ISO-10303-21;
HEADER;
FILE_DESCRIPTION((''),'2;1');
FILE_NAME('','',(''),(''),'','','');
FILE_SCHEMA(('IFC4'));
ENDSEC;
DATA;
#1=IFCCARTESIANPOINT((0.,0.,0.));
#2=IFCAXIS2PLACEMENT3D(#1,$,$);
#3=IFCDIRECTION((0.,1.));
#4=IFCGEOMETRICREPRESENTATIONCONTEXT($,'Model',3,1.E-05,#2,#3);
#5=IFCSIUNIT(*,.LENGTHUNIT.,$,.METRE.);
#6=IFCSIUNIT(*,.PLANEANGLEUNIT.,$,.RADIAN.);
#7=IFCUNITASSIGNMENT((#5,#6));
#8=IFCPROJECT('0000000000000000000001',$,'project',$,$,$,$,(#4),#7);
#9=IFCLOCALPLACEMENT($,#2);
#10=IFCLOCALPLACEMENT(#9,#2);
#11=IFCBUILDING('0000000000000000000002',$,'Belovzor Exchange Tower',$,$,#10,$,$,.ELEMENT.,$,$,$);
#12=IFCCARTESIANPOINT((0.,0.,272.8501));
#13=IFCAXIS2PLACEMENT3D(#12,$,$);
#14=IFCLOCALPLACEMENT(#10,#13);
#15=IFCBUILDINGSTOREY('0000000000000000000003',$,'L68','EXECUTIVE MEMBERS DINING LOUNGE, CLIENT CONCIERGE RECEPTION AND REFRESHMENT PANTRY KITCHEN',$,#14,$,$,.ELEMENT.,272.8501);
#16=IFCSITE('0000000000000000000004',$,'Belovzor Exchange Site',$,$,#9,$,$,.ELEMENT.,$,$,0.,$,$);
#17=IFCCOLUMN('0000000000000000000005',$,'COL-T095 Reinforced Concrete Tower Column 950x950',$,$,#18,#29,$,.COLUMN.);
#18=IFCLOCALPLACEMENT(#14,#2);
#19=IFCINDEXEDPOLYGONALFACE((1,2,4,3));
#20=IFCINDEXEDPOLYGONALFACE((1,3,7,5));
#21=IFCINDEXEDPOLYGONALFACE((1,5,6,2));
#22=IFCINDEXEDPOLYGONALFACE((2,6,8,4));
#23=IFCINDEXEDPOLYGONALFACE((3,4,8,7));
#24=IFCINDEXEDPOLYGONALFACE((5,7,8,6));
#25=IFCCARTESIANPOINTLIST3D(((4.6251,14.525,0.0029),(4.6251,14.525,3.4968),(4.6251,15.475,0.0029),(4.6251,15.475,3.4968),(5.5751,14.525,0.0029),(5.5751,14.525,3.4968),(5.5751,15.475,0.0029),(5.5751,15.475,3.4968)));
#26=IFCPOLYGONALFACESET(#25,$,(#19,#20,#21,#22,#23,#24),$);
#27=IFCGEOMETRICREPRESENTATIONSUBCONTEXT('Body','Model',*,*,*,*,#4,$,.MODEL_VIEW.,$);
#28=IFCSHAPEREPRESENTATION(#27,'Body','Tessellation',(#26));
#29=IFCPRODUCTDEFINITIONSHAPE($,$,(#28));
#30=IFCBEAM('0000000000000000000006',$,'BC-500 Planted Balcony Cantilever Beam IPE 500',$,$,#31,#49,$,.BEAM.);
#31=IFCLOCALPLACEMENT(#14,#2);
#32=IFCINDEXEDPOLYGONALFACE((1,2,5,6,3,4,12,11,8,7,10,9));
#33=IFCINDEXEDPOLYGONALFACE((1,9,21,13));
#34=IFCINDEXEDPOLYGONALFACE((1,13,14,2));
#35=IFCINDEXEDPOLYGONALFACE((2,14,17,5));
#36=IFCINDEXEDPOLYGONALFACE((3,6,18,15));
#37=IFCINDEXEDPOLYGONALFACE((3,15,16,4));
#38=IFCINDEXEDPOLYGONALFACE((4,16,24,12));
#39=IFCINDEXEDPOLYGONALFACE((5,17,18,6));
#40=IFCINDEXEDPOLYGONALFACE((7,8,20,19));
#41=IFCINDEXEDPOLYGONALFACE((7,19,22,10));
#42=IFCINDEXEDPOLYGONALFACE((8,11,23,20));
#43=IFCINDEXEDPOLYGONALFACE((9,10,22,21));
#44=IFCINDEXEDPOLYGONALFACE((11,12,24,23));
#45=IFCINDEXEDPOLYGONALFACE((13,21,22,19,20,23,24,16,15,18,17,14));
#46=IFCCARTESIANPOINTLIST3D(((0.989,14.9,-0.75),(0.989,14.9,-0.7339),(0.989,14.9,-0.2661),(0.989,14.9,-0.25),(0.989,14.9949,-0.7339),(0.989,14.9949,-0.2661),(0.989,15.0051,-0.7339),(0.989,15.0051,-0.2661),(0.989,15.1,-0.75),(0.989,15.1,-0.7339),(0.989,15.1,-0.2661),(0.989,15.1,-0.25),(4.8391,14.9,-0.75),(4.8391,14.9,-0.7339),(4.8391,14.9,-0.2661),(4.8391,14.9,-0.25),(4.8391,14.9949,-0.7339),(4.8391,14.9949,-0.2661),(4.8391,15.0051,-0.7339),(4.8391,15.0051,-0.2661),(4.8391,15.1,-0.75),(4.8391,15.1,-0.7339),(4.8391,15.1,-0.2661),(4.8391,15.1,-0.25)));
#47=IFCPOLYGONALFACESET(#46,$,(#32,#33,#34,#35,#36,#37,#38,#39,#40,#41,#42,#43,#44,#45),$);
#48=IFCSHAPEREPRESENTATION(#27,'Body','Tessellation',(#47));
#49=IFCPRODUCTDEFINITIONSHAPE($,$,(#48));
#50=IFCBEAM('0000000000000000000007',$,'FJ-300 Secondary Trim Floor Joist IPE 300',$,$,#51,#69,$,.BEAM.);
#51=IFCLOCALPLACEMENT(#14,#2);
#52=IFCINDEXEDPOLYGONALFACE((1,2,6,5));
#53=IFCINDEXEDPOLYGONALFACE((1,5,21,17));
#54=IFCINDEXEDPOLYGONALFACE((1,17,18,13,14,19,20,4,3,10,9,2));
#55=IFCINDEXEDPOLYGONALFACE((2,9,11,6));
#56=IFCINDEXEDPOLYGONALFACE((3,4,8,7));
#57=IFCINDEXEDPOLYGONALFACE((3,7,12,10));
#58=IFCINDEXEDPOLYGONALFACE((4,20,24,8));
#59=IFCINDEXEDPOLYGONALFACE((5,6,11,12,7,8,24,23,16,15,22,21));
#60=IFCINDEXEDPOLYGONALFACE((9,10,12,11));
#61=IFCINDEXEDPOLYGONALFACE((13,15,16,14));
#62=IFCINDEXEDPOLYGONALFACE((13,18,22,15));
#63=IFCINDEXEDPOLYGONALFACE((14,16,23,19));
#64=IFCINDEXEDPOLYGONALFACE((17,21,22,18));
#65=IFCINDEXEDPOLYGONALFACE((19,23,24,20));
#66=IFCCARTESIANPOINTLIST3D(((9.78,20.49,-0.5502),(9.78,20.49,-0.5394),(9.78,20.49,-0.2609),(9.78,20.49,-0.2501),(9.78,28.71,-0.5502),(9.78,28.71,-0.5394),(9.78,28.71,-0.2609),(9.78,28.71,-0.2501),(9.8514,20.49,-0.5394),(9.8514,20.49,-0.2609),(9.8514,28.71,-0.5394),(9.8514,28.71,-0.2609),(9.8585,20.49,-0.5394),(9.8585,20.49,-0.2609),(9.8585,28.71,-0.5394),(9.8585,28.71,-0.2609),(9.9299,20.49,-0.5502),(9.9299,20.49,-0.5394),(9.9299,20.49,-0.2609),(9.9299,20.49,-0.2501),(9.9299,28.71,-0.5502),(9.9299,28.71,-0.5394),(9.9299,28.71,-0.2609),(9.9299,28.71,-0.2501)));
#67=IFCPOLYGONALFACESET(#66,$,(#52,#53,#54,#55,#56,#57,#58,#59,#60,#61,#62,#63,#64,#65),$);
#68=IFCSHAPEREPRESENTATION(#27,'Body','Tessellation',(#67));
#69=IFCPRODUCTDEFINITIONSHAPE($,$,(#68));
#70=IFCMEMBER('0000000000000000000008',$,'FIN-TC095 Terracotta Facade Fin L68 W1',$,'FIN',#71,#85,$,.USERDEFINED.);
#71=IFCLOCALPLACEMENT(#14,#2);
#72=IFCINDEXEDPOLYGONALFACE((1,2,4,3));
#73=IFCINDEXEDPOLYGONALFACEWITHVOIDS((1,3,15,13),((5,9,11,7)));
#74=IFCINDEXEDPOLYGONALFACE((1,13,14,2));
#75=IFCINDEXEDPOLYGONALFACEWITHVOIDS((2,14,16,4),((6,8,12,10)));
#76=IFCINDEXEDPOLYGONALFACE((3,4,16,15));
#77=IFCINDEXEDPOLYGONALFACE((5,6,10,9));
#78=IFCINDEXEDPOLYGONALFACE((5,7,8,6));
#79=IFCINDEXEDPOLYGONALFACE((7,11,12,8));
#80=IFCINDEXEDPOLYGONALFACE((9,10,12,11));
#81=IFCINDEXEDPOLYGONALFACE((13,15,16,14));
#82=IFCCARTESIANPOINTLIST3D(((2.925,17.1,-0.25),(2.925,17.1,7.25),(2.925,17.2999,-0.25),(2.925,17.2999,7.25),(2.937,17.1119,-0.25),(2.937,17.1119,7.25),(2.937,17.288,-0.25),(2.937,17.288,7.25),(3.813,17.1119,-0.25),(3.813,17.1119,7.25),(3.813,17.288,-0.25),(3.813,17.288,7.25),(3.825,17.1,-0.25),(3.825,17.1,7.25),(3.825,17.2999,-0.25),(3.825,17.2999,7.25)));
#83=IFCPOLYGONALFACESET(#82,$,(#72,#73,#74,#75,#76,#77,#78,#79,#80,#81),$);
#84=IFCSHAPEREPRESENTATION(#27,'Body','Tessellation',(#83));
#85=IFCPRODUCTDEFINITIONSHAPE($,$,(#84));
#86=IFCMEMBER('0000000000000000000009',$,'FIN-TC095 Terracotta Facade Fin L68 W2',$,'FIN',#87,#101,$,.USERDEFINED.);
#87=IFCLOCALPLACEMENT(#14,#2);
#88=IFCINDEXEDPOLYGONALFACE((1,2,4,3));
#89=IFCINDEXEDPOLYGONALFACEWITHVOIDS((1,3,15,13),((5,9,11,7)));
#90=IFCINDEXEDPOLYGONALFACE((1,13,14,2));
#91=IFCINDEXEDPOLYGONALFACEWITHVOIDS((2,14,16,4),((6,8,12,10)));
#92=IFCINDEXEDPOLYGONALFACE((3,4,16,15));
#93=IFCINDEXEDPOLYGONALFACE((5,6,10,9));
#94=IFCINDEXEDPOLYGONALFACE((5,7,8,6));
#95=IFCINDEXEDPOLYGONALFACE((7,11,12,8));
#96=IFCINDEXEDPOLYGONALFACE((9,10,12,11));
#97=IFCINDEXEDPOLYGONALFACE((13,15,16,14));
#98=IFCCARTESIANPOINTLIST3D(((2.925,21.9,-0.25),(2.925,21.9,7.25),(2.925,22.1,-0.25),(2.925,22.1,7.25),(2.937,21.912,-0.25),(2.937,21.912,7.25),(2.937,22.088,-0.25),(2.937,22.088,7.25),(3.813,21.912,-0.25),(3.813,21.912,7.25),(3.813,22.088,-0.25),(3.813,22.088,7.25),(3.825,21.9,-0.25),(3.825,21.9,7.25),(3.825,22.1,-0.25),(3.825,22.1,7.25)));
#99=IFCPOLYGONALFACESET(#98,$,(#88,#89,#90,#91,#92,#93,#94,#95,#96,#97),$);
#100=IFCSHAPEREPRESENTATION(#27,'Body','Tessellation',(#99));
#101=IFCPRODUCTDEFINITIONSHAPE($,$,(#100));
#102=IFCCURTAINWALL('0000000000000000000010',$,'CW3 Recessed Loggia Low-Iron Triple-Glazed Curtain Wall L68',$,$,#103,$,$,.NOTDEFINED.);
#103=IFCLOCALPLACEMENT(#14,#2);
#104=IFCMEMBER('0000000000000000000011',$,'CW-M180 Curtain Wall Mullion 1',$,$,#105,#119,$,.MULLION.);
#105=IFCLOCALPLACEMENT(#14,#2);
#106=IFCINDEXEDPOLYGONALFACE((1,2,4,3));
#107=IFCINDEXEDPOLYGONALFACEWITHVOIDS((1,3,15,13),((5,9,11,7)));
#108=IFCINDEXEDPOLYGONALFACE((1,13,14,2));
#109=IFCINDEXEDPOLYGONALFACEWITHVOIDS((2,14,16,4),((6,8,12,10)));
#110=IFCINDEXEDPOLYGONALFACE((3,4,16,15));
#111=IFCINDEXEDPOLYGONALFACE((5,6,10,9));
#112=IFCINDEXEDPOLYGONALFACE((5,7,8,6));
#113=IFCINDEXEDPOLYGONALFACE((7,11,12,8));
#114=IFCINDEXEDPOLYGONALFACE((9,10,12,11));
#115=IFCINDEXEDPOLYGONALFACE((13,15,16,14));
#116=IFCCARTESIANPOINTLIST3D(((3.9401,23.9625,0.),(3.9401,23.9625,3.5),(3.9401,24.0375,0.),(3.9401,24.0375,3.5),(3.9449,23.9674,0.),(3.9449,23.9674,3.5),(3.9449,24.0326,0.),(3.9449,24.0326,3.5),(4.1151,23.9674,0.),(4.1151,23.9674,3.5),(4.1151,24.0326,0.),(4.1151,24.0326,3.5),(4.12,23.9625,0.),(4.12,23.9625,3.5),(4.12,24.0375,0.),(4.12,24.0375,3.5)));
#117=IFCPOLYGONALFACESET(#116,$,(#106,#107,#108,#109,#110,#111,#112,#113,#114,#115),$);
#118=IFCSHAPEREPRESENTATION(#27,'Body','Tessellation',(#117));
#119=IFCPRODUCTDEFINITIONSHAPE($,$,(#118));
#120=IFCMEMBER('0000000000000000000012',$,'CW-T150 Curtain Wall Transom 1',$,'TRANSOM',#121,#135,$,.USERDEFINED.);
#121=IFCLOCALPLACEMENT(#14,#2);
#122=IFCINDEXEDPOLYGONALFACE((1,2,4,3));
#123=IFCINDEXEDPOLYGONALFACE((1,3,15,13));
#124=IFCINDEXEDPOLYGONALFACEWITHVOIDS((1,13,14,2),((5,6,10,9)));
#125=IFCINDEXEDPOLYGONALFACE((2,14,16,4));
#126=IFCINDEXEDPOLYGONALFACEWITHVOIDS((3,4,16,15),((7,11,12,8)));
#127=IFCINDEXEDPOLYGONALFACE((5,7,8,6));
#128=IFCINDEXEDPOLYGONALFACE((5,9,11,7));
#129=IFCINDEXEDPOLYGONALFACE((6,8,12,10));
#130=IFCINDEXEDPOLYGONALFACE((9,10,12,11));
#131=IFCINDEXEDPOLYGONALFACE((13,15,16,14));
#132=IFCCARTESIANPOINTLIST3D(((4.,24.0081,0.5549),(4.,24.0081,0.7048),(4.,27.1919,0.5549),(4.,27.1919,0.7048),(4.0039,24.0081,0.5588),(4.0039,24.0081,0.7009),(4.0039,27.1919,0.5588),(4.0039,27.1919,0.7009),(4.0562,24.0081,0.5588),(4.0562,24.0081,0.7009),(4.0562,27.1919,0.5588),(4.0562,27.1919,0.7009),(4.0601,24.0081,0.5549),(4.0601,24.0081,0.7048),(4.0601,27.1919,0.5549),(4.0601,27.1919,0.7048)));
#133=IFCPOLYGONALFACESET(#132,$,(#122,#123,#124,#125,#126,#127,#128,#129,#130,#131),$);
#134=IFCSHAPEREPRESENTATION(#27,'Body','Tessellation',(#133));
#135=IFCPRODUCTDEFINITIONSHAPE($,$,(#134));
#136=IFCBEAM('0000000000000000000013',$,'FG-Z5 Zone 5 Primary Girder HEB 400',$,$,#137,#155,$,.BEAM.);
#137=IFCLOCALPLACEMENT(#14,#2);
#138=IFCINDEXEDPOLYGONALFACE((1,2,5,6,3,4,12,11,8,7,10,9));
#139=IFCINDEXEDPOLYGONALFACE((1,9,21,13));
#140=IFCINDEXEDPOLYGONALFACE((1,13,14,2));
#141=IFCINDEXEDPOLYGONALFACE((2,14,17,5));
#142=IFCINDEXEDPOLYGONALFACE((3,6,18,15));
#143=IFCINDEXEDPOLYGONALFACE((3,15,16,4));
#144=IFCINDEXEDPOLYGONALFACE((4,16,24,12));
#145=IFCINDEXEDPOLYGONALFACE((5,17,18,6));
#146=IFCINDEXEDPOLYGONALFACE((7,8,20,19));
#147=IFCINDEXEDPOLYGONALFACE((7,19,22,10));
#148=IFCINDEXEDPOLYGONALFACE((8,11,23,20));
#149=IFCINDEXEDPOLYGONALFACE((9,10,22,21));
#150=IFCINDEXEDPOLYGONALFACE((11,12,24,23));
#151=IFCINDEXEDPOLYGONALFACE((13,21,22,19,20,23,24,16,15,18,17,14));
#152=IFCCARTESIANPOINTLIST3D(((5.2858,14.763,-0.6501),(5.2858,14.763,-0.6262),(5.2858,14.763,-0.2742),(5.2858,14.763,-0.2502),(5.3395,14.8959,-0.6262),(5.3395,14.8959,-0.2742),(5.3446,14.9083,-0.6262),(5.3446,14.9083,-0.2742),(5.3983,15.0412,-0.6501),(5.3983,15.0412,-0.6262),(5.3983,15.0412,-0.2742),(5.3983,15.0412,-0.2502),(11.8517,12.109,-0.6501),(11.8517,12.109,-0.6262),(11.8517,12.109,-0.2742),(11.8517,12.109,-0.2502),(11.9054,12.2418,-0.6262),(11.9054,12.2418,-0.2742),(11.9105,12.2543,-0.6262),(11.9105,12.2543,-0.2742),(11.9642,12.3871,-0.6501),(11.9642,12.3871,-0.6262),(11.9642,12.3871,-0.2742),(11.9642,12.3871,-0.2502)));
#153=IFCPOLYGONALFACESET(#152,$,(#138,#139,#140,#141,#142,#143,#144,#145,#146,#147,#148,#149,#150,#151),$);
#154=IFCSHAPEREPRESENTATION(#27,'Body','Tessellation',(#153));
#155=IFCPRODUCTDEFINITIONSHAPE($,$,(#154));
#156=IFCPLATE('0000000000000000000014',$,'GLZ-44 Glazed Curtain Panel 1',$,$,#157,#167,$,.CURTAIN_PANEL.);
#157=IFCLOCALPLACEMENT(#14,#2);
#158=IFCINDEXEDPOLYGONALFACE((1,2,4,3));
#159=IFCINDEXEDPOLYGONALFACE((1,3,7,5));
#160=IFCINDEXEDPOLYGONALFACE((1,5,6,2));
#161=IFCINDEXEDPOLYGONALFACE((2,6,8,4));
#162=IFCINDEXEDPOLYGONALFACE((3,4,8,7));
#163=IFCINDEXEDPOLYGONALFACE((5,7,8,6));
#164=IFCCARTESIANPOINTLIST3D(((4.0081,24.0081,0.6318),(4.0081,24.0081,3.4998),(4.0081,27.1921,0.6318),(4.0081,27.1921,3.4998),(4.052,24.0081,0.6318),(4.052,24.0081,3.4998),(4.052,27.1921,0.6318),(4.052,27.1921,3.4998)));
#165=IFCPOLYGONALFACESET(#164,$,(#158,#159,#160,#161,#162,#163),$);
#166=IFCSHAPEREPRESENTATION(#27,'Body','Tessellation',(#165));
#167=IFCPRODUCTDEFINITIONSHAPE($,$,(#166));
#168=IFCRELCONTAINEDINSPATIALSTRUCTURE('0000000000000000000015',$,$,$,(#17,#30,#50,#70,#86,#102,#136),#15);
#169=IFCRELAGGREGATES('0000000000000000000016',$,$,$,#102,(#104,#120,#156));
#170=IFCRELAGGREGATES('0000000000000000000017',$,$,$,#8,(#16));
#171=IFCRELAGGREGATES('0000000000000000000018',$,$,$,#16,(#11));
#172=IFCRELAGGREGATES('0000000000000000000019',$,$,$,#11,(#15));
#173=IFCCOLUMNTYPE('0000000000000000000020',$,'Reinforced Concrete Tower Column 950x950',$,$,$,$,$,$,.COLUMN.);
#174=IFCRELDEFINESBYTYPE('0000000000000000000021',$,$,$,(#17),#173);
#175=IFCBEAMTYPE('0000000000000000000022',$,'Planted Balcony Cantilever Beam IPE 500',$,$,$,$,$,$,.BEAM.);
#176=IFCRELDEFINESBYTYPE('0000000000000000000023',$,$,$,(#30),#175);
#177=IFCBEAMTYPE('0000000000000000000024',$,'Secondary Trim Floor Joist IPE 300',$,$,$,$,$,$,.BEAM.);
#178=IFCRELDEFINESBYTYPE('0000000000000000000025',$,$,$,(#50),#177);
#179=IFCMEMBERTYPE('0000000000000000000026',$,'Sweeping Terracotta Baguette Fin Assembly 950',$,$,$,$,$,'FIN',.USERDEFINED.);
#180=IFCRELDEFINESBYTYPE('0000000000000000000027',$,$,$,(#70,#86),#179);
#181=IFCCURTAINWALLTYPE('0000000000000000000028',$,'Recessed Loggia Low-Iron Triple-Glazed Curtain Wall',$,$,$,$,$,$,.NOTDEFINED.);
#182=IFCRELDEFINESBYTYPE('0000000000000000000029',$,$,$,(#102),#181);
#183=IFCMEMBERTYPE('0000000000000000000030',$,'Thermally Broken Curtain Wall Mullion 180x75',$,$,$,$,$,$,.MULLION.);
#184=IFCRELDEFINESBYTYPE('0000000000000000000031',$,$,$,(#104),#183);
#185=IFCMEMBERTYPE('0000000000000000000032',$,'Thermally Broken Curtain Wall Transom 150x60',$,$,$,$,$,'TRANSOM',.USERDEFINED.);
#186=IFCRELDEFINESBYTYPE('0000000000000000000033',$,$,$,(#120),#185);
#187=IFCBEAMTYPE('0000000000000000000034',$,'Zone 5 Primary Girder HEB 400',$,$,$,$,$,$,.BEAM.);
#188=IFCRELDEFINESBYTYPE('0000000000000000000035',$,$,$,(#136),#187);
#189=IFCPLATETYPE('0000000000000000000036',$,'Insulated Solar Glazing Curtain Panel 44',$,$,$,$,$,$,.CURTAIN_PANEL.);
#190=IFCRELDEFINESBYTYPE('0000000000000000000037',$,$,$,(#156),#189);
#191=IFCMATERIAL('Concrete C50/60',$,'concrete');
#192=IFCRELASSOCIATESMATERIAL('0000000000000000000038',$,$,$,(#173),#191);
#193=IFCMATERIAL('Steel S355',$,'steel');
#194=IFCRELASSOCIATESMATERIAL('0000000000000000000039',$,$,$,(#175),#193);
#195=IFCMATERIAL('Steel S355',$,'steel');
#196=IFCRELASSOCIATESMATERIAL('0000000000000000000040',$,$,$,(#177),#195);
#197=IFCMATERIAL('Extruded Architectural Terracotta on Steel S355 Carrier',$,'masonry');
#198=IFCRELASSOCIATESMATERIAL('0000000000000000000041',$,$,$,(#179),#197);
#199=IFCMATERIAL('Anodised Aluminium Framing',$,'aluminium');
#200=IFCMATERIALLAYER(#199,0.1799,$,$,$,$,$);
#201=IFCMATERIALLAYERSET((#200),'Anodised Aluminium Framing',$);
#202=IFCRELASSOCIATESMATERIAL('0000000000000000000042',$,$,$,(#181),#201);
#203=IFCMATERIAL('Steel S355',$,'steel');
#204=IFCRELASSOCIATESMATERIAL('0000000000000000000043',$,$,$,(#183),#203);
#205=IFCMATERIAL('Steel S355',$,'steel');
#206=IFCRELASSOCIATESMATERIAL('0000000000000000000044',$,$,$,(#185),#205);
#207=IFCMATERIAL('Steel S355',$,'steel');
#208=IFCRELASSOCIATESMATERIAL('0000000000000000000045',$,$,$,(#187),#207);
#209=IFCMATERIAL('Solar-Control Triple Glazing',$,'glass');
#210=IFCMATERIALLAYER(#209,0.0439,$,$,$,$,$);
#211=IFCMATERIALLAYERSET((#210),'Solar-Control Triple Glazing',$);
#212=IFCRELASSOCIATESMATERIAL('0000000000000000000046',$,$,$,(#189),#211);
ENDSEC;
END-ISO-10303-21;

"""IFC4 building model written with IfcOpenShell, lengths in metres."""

from ifc_helpers import new_model, si_unit, direction, frame, origin, origin_2d, place, context, subcontext, project, spatial, rectangle, hollow_rectangle, i_section, extrude, material, layer, layer_set, material_profile, profile_set, type_object, element, aggregate, save


model = new_model("IFC4")

# Units and contexts
model_context = context("Model", 3, precision=1e-05, world=origin(), true_north=direction((0.0, 1.0)))
body_context = subcontext(model_context, "Body", "Model", "MODEL_VIEW")
ifc_project = project(units=[si_unit("LENGTHUNIT", "METRE"), si_unit("PLANEANGLEUNIT", "RADIAN")], contexts=[model_context])

# Site, building, storey
site_placement = place(None, origin())
site = spatial("IfcSite", under=ifc_project, at=site_placement, Name="Belovzor Exchange Site", CompositionType="ELEMENT", RefElevation=0.0)
building_placement = place(site_placement, origin())
building = spatial("IfcBuilding", under=site, at=building_placement, Name="Belovzor Exchange Tower", CompositionType="ELEMENT")
storey_placement = place(building_placement, frame((0.0, 0.0, 272.8501)))
storey = spatial("IfcBuildingStorey", under=building, at=storey_placement, Name="L68", Description="EXECUTIVE MEMBERS DINING LOUNGE, CLIENT CONCIERGE RECEPTION AND REFRESHMENT PANTRY KITCHEN", CompositionType="ELEMENT", Elevation=272.8501)

# Column
ifc_material_1 = material(Name="Concrete C50/60", Category="concrete")
ifc_material_profile_1 = material_profile(ifc_material_1, rectangle(XDim=0.95, YDim=0.95, at=origin_2d()))
ifc_profile_set_1 = profile_set([ifc_material_profile_1], Name="Concrete C50/60")
column_type = type_object("IfcColumnType", Name="Reinforced Concrete Tower Column 950x950", PredefinedType="COLUMN", material=ifc_profile_set_1)
column_placement = place(storey_placement, frame((5.1001, 15.0, 0.0029), z_axis=(0.0, 0.0, 1.0), x_axis=(1.0, 0.0, 0.0)))
element("IfcColumn", 1, at=column_placement, inside=storey, type_object=column_type, Name="COL-T095 Reinforced Concrete Tower Column 950x950", PredefinedType="COLUMN", context=body_context, shape_type="SweptSolid", body=[
    extrude(rectangle(XDim=0.95, YDim=0.95, at=origin_2d()), origin(), (0.0, 0.0, 1.0), 3.4939),
])

# Beams
ifc_material_2 = material(Name="Steel S355", Category="steel")
ifc_material_profile_2 = material_profile(ifc_material_2, i_section(OverallWidth=0.2, OverallDepth=0.5, WebThickness=0.0103, FlangeThickness=0.0161, at=origin_2d()))
ifc_profile_set_2 = profile_set([ifc_material_profile_2], Name="Steel S355")
beam_type_1 = type_object("IfcBeamType", Name="Planted Balcony Cantilever Beam IPE 500", PredefinedType="BEAM", material=ifc_profile_set_2)
beam_1_placement = place(storey_placement, frame((4.8391, 15.0, -0.5), z_axis=(-1.0, 0.0, 0.0), x_axis=(0.0, -1.0, 0.0)))
element("IfcBeam", 2, at=beam_1_placement, inside=storey, type_object=beam_type_1, Name="BC-500 Planted Balcony Cantilever Beam IPE 500", PredefinedType="BEAM", context=body_context, shape_type="SweptSolid", body=[
    extrude(i_section(OverallWidth=0.2, OverallDepth=0.5, WebThickness=0.0103, FlangeThickness=0.0161, at=origin_2d()), origin(), (0.0, 0.0, 1.0), 3.8501),
])
ifc_material_3 = material(Name="Steel S355", Category="steel")
ifc_material_profile_3 = material_profile(ifc_material_3, i_section(OverallWidth=0.1499, OverallDepth=0.3, WebThickness=0.0071, FlangeThickness=0.0107, at=origin_2d()))
ifc_profile_set_3 = profile_set([ifc_material_profile_3], Name="Steel S355")
beam_type_2 = type_object("IfcBeamType", Name="Secondary Trim Floor Joist IPE 300", PredefinedType="BEAM", material=ifc_profile_set_3)
beam_2_placement = place(storey_placement, frame((9.855, 20.49, -0.4001), z_axis=(0.0, 1.0, 0.0), x_axis=(-1.0, 0.0, 0.0)))
element("IfcBeam", 3, at=beam_2_placement, inside=storey, type_object=beam_type_2, Name="FJ-300 Secondary Trim Floor Joist IPE 300", PredefinedType="BEAM", context=body_context, shape_type="SweptSolid", body=[
    extrude(i_section(OverallWidth=0.1499, OverallDepth=0.3, WebThickness=0.0071, FlangeThickness=0.0107, at=origin_2d()), origin(), (0.0, 0.0, 1.0), 8.22),
])

# Members
ifc_material_4 = material(Name="Extruded Architectural Terracotta on Steel S355 Carrier", Category="masonry")
ifc_material_profile_4 = material_profile(ifc_material_4, hollow_rectangle(XDim=0.2, YDim=0.8999, WallThickness=0.012, at=origin_2d()))
ifc_profile_set_4 = profile_set([ifc_material_profile_4], Name="Extruded Architectural Terracotta on Steel S355 Carrier")
member_type_1 = type_object("IfcMemberType", Name="Sweeping Terracotta Baguette Fin Assembly 950", ElementType="FIN", PredefinedType="USERDEFINED", material=ifc_profile_set_4)
for number, where, z_axis, x_axis, name in (
    (4, (3.375, 17.2, -0.25), (0.0, 0.0, 1.0), (0.0, 1.0, 0.0), "FIN-TC095 Terracotta Facade Fin L68 W1"),
    (5, (3.375, 22.0, -0.25), (0.0, 0.0, 1.0), (0.0, 1.0, 0.0), "FIN-TC095 Terracotta Facade Fin L68 W2"),
):
    element("IfcMember", number, at=place(storey_placement, frame(where, z_axis=z_axis, x_axis=x_axis)), inside=storey, type_object=member_type_1, Name=name, ObjectType="FIN", PredefinedType="USERDEFINED", context=body_context, shape_type="SweptSolid", body=[
        extrude(hollow_rectangle(XDim=0.2, YDim=0.8999, WallThickness=0.012, at=origin_2d()), origin(), (0.0, 0.0, 1.0), 7.5),
    ])

# Curtain wall, members
ifc_material_5 = material(Name="Anodised Aluminium Framing", Category="aluminium")
ifc_layer_1 = layer(ifc_material_5, 0.1799)
ifc_layer_set_1 = layer_set([ifc_layer_1], Name="Anodised Aluminium Framing")
curtain_wall_type = type_object("IfcCurtainWallType", Name="Recessed Loggia Low-Iron Triple-Glazed Curtain Wall", PredefinedType="NOTDEFINED", material=ifc_layer_set_1)
curtain_wall_placement = place(storey_placement, origin())
curtain_wall = element("IfcCurtainWall", 6, at=curtain_wall_placement, inside=storey, type_object=curtain_wall_type, Name="CW3 Recessed Loggia Low-Iron Triple-Glazed Curtain Wall L68", PredefinedType="NOTDEFINED")
ifc_material_6 = material(Name="Steel S355", Category="steel")
ifc_material_profile_5 = material_profile(ifc_material_6, hollow_rectangle(XDim=0.075, YDim=0.1799, WallThickness=0.0049, at=origin_2d()))
ifc_profile_set_5 = profile_set([ifc_material_profile_5], Name="Steel S355")
member_type_2 = type_object("IfcMemberType", Name="Thermally Broken Curtain Wall Mullion 180x75", PredefinedType="MULLION", material=ifc_profile_set_5)
member_1_placement = place(storey_placement, frame((4.03, 24.0, 0.0), z_axis=(0.0, 0.0, 1.0), x_axis=(0.0, 1.0, 0.0)))
member_1 = element("IfcMember", 7, at=member_1_placement, type_object=member_type_2, Name="CW-M180 Curtain Wall Mullion 1", PredefinedType="MULLION", context=body_context, shape_type="SweptSolid", body=[
    extrude(hollow_rectangle(XDim=0.075, YDim=0.1799, WallThickness=0.0049, at=origin_2d()), origin(), (0.0, 0.0, 1.0), 3.5),
])
ifc_material_7 = material(Name="Steel S355", Category="steel")
ifc_material_profile_6 = material_profile(ifc_material_7, hollow_rectangle(XDim=0.0601, YDim=0.1499, WallThickness=0.0039, at=origin_2d()))
ifc_profile_set_6 = profile_set([ifc_material_profile_6], Name="Steel S355")
member_type_3 = type_object("IfcMemberType", Name="Thermally Broken Curtain Wall Transom 150x60", ElementType="TRANSOM", PredefinedType="USERDEFINED", material=ifc_profile_set_6)
member_2_placement = place(storey_placement, frame((4.03, 24.0081, 0.6299), z_axis=(0.0, 1.0, 0.0), x_axis=(-1.0, 0.0, 0.0)))
member_2 = element("IfcMember", 8, at=member_2_placement, type_object=member_type_3, Name="CW-T150 Curtain Wall Transom 1", ObjectType="TRANSOM", PredefinedType="USERDEFINED", context=body_context, shape_type="SweptSolid", body=[
    extrude(hollow_rectangle(XDim=0.0601, YDim=0.1499, WallThickness=0.0039, at=origin_2d()), origin(), (0.0, 0.0, 1.0), 3.1838),
])

# Beam
ifc_material_8 = material(Name="Steel S355", Category="steel")
ifc_material_profile_7 = material_profile(ifc_material_8, i_section(OverallWidth=0.3, OverallDepth=0.3999, WebThickness=0.0134, FlangeThickness=0.0239, at=origin_2d()))
ifc_profile_set_7 = profile_set([ifc_material_profile_7], Name="Steel S355")
beam_type_3 = type_object("IfcBeamType", Name="Zone 5 Primary Girder HEB 400", PredefinedType="BEAM", material=ifc_profile_set_7)
beam_3_placement = place(storey_placement, frame((5.342, 14.9021, -0.4502), z_axis=(0.927123, -0.374758, 0.0), x_axis=(0.374758, 0.927123, 0.0)))
element("IfcBeam", 9, at=beam_3_placement, inside=storey, type_object=beam_type_3, Name="FG-Z5 Zone 5 Primary Girder HEB 400", PredefinedType="BEAM", context=body_context, shape_type="SweptSolid", body=[
    extrude(i_section(OverallWidth=0.3, OverallDepth=0.3999, WebThickness=0.0134, FlangeThickness=0.0239, at=origin_2d()), origin(), (0.0, 0.0, 1.0), 7.082),
])

# Plate
ifc_material_9 = material(Name="Solar-Control Triple Glazing", Category="glass")
ifc_layer_2 = layer(ifc_material_9, 0.0439)
ifc_layer_set_2 = layer_set([ifc_layer_2], Name="Solar-Control Triple Glazing")
plate_type_1 = type_object("IfcPlateType", Name="Insulated Solar Glazing Curtain Panel 44", PredefinedType="CURTAIN_PANEL", material=ifc_layer_set_2)
plate_1_placement = place(storey_placement, frame((4.03, 25.6001, 0.6318), z_axis=(0.0, 0.0, 1.0), x_axis=(0.0, 1.0, 0.0)))
plate_1 = element("IfcPlate", 10, at=plate_1_placement, type_object=plate_type_1, Name="GLZ-44 Glazed Curtain Panel 1", PredefinedType="CURTAIN_PANEL", context=body_context, shape_type="SweptSolid", body=[
    extrude(rectangle(XDim=3.1841, YDim=0.0439, at=origin_2d()), origin(), (0.0, 0.0, 1.0), 2.8679),
])
aggregate(curtain_wall, [member_1, member_2, plate_1])

save(model, "model.ifc")
